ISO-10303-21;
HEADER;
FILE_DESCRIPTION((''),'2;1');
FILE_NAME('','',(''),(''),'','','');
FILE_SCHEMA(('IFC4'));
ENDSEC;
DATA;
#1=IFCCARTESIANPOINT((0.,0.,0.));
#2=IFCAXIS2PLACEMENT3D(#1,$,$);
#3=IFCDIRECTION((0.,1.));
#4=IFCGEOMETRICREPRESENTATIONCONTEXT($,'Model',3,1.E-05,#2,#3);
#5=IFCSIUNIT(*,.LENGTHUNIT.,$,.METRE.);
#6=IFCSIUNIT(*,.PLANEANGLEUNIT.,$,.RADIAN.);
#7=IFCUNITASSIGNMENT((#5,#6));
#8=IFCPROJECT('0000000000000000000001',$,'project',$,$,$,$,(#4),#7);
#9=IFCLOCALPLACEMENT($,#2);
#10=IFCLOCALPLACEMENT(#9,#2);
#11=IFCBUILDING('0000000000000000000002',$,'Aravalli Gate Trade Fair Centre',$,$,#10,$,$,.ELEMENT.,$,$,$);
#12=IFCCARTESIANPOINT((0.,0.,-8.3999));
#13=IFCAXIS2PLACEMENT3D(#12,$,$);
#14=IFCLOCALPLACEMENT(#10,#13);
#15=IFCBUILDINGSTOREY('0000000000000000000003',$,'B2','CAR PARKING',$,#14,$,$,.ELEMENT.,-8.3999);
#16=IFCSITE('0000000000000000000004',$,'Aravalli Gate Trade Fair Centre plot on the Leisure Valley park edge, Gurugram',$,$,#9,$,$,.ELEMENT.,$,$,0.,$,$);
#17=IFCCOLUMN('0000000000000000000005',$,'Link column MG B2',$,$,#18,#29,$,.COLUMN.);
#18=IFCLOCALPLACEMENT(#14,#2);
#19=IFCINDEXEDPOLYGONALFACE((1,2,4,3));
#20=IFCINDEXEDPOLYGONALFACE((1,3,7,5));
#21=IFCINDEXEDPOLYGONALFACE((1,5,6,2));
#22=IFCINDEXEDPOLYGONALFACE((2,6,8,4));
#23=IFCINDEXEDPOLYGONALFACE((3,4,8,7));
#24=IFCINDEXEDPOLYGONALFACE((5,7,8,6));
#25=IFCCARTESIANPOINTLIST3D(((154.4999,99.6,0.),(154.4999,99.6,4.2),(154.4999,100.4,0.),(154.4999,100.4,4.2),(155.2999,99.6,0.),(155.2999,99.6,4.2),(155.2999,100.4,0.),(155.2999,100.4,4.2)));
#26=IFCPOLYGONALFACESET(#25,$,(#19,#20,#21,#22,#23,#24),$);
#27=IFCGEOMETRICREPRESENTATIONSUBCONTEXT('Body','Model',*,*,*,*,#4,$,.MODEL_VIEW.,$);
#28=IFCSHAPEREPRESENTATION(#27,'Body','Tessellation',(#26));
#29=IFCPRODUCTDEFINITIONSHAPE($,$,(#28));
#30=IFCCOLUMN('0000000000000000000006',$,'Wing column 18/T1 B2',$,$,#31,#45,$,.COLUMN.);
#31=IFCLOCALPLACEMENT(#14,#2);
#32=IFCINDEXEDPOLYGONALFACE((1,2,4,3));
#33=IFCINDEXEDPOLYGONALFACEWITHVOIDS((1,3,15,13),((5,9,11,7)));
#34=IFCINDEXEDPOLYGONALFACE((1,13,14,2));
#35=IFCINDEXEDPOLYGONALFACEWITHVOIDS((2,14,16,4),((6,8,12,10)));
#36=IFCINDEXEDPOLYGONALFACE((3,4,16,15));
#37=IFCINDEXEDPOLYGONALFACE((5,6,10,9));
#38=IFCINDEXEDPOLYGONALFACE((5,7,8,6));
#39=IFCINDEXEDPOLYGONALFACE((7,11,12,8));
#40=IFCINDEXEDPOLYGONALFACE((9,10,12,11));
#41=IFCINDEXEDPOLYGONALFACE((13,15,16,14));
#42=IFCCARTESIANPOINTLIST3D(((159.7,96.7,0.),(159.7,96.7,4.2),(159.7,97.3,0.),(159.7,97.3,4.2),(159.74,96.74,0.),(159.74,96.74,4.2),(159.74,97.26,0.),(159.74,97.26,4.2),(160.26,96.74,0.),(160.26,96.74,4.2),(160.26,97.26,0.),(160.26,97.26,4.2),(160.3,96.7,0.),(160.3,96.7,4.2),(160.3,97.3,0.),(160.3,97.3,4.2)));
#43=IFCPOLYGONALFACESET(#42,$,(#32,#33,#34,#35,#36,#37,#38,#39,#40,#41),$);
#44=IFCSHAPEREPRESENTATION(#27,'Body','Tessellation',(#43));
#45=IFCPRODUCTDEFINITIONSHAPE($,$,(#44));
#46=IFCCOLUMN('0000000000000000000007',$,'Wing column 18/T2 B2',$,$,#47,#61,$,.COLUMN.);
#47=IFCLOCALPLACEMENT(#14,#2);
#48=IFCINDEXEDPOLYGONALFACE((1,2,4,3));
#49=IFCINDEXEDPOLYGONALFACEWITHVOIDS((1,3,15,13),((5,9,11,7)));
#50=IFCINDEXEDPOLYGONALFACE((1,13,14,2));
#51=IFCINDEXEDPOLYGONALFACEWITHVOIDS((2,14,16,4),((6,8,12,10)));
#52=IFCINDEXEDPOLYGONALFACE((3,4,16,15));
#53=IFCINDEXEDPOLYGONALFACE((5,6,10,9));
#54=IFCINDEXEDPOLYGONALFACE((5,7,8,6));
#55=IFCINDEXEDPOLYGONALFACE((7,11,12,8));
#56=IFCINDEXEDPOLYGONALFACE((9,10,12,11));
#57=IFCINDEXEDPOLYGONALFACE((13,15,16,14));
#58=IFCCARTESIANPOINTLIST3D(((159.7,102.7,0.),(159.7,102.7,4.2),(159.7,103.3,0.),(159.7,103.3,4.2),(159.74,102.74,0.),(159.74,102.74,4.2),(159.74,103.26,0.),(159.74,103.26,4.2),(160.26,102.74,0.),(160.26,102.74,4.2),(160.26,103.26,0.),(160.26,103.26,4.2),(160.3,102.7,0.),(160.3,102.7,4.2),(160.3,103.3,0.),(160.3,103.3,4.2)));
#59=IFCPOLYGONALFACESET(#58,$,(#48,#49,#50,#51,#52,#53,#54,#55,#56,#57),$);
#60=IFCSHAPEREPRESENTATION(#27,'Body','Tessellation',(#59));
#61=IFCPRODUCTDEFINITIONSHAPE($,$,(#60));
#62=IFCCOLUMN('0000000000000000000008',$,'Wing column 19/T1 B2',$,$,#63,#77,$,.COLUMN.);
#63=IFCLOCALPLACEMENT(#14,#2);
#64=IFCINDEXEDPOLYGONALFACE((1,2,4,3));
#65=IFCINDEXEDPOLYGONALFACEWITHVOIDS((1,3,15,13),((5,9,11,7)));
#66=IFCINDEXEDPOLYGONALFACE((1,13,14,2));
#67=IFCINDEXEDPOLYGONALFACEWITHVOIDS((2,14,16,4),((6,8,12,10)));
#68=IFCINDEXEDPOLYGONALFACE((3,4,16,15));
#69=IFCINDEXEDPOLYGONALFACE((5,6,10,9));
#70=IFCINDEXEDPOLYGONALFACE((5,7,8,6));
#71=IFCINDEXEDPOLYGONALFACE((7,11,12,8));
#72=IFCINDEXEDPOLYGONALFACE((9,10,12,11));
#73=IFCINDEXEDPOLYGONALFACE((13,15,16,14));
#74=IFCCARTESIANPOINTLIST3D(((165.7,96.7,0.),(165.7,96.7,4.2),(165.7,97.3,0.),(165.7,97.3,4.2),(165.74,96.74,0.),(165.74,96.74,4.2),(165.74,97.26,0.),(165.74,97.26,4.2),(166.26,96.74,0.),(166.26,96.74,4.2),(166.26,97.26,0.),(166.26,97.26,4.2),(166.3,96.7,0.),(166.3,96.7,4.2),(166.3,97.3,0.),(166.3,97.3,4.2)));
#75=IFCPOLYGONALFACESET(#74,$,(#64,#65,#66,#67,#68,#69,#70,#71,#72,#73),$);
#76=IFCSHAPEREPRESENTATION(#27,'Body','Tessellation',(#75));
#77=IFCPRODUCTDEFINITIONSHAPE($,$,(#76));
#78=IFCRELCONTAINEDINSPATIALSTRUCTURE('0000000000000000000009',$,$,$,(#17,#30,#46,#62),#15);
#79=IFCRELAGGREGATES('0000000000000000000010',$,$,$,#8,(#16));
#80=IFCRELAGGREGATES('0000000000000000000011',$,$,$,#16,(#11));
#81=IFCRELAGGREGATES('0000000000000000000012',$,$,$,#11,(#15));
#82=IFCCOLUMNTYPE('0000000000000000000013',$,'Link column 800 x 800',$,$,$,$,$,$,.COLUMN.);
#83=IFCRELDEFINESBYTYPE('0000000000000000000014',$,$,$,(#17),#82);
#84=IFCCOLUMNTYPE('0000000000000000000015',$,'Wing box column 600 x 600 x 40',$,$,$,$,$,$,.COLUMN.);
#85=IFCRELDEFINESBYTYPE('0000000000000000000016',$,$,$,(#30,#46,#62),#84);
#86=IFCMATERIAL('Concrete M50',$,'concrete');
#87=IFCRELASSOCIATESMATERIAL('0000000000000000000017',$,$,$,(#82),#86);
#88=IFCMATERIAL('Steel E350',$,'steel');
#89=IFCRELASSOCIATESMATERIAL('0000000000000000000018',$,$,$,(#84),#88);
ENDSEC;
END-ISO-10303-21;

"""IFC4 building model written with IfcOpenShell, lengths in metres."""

from ifc_helpers import new_model, si_unit, direction, frame, origin, origin_2d, place, context, subcontext, project, spatial, rectangle, hollow_rectangle, extrude, material, material_profile, profile_set, type_object, element, save


model = new_model("IFC4")

# Units and contexts
model_context = context("Model", 3, precision=1e-05, world=origin(), true_north=direction((0.0, 1.0)))
body_context = subcontext(model_context, "Body", "Model", "MODEL_VIEW")
ifc_project = project(units=[si_unit("LENGTHUNIT", "METRE"), si_unit("PLANEANGLEUNIT", "RADIAN")], contexts=[model_context])

# Site, building, storey
site_placement = place(None, origin())
site = spatial("IfcSite", under=ifc_project, at=site_placement, Name="Aravalli Gate Trade Fair Centre plot on the Leisure Valley park edge, Gurugram", CompositionType="ELEMENT", RefElevation=0.0)
building_placement = place(site_placement, origin())
building = spatial("IfcBuilding", under=site, at=building_placement, Name="Aravalli Gate Trade Fair Centre", CompositionType="ELEMENT")
storey_placement = place(building_placement, frame((0.0, 0.0, -8.3999)))
storey = spatial("IfcBuildingStorey", under=building, at=storey_placement, Name="B2", Description="CAR PARKING", CompositionType="ELEMENT", Elevation=-8.3999)

# Columns
ifc_material_1 = material(Name="Concrete M50", Category="concrete")
ifc_material_profile_1 = material_profile(ifc_material_1, rectangle(XDim=0.8, YDim=0.8, at=origin_2d()), Name="Link column 800 x 800")
ifc_profile_set_1 = profile_set([ifc_material_profile_1], Name="Concrete M50")
column_type_1 = type_object("IfcColumnType", Name="Link column 800 x 800", PredefinedType="COLUMN", material=ifc_profile_set_1)
column_1_placement = place(storey_placement, frame((154.8999, 100.0, 0.0), z_axis=(0.0, 0.0, 1.0), x_axis=(1.0, 0.0, 0.0)))
element("IfcColumn", 1, at=column_1_placement, inside=storey, type_object=column_type_1, Name="Link column MG B2", PredefinedType="COLUMN", context=body_context, shape_type="SweptSolid", body=[
    extrude(rectangle(XDim=0.8, YDim=0.8, at=origin_2d()), origin(), (0.0, 0.0, 1.0), 4.2),
])
ifc_material_2 = material(Name="Steel E350", Category="steel")
ifc_material_profile_2 = material_profile(ifc_material_2, hollow_rectangle(XDim=0.6001, YDim=0.6001, WallThickness=0.04, at=origin_2d()), Name="BOX 600x600x40")
ifc_profile_set_2 = profile_set([ifc_material_profile_2], Name="Steel E350")
column_type_2 = type_object("IfcColumnType", Name="Wing box column 600 x 600 x 40", PredefinedType="COLUMN", material=ifc_profile_set_2)
for number, where, z_axis, x_axis, name in (
    (2, (160.0, 97.0, 0.0), (0.0, 0.0, 1.0), (1.0, 0.0, 0.0), "Wing column 18/T1 B2"),
    (3, (160.0, 103.0, 0.0), (0.0, 0.0, 1.0), (1.0, 0.0, 0.0), "Wing column 18/T2 B2"),
    (4, (166.0, 97.0, 0.0), (0.0, 0.0, 1.0), (1.0, 0.0, 0.0), "Wing column 19/T1 B2"),
):
    element("IfcColumn", number, at=place(storey_placement, frame(where, z_axis=z_axis, x_axis=x_axis)), inside=storey, type_object=column_type_2, Name=name, PredefinedType="COLUMN", context=body_context, shape_type="SweptSolid", body=[
        extrude(hollow_rectangle(XDim=0.6001, YDim=0.6001, WallThickness=0.04, at=origin_2d()), origin(), (0.0, 0.0, 1.0), 4.2),
    ])

save(model, "model.ifc")
